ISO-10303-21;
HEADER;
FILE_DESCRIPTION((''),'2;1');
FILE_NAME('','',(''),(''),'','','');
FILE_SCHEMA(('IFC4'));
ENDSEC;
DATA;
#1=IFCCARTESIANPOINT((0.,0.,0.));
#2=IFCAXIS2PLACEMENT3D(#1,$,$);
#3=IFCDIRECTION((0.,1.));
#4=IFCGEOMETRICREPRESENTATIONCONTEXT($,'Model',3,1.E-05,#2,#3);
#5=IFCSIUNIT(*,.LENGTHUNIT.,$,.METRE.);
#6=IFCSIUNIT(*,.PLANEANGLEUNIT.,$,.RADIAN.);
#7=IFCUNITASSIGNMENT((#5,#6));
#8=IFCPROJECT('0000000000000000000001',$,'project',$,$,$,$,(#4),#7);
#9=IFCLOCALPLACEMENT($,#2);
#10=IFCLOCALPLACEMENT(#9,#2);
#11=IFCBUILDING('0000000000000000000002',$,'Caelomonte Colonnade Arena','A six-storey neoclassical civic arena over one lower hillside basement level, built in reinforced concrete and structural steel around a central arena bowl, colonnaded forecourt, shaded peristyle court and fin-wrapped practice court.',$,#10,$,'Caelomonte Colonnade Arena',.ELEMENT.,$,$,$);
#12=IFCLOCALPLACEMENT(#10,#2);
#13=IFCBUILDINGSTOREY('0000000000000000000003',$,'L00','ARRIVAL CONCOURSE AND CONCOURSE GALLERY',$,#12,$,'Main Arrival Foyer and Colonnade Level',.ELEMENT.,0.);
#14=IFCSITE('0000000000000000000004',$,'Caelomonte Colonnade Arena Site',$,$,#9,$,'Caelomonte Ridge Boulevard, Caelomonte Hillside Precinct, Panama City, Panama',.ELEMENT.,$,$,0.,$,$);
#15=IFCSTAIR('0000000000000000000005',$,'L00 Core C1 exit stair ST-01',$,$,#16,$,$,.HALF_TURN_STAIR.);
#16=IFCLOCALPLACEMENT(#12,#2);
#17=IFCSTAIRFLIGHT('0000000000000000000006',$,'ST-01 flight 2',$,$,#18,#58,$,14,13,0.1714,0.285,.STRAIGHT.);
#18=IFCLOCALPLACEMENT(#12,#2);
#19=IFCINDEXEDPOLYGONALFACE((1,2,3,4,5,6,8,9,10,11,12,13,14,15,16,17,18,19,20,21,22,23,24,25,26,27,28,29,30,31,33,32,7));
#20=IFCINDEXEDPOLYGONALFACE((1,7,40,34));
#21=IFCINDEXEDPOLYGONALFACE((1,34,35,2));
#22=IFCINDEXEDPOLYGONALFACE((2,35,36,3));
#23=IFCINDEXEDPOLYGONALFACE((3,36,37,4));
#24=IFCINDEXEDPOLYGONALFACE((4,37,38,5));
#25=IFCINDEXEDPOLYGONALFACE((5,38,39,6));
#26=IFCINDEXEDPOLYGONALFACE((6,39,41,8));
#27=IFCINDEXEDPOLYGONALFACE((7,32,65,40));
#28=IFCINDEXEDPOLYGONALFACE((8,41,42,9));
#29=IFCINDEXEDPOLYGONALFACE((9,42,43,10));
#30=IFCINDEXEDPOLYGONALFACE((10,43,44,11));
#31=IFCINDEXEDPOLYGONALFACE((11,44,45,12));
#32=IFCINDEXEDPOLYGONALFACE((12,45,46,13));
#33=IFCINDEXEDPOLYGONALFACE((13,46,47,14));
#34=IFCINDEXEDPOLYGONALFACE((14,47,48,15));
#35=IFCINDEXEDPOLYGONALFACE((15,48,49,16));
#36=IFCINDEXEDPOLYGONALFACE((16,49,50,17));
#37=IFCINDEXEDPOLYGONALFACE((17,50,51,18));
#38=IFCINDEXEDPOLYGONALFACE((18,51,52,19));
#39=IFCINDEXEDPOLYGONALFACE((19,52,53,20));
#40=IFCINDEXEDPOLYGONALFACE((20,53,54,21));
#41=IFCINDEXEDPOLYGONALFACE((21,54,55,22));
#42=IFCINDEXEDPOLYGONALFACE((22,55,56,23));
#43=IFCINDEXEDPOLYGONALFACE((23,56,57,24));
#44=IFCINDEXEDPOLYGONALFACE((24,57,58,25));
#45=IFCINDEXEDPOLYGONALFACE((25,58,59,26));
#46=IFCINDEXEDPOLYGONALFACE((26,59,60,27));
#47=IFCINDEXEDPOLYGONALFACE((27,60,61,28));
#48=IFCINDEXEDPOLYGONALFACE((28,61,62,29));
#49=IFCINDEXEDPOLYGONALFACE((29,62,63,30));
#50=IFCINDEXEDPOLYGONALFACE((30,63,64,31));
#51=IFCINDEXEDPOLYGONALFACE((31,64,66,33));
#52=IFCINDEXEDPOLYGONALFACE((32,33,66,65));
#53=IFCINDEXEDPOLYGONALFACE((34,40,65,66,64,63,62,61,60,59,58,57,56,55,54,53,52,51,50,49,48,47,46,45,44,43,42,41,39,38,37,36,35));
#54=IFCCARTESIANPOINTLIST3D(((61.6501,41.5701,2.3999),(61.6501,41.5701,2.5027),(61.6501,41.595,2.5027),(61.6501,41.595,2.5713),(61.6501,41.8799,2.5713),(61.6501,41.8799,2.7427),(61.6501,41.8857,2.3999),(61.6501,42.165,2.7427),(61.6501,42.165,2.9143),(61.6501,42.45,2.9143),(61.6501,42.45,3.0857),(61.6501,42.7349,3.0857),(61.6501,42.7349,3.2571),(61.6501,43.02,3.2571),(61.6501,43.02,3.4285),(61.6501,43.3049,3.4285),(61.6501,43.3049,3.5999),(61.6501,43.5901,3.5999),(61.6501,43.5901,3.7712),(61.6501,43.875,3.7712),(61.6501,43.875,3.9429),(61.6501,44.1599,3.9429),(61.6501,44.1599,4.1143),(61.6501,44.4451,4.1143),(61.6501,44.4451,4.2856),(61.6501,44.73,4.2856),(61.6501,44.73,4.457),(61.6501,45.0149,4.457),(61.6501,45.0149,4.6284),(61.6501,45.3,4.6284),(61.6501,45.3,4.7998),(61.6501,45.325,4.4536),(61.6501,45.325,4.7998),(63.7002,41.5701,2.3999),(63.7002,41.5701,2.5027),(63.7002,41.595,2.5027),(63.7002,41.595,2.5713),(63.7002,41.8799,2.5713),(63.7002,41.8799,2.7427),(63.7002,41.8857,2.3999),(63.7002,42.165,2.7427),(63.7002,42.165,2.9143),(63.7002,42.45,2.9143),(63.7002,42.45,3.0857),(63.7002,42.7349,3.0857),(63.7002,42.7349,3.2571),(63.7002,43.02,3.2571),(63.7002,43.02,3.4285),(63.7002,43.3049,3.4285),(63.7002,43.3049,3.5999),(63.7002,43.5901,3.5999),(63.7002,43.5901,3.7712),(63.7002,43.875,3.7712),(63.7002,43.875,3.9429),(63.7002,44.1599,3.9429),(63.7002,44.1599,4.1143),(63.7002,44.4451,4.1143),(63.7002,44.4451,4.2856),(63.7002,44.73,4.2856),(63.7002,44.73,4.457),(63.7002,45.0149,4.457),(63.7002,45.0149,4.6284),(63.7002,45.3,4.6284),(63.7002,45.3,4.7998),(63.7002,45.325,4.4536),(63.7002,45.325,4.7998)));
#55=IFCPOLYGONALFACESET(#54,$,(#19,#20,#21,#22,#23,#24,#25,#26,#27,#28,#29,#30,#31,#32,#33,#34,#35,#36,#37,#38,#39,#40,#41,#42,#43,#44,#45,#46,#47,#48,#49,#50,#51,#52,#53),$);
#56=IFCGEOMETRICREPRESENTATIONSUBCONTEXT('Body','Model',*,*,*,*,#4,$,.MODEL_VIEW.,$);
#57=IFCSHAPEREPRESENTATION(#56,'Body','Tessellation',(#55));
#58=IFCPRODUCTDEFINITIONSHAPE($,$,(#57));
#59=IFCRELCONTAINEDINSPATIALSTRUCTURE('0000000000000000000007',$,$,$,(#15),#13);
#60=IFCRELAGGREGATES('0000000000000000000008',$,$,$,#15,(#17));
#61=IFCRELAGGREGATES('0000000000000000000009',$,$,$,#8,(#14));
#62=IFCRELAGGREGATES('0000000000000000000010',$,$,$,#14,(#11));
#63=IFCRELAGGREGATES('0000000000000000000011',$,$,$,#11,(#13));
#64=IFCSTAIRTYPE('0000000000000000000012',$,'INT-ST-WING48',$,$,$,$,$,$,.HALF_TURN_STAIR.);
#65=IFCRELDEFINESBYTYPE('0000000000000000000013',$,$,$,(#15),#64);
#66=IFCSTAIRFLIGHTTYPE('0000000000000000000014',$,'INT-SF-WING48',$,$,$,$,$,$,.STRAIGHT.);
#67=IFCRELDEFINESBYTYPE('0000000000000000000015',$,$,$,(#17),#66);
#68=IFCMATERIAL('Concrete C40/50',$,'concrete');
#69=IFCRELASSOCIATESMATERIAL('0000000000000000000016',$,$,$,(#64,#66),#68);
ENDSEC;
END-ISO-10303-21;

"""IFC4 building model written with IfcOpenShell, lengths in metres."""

from ifc_helpers import new_model, si_unit, direction, frame, origin, place, context, subcontext, project, spatial, polyline, outline, extrude, material, type_object, element, aggregate, save


model = new_model("IFC4")

# Units and contexts
model_context = context("Model", 3, precision=1e-05, world=origin(), true_north=direction((0.0, 1.0)))
body_context = subcontext(model_context, "Body", "Model", "MODEL_VIEW")
ifc_project = project(units=[si_unit("LENGTHUNIT", "METRE"), si_unit("PLANEANGLEUNIT", "RADIAN")], contexts=[model_context])

# Site, building, storey
site_placement = place(None, origin())
site = spatial("IfcSite", under=ifc_project, at=site_placement, Name="Caelomonte Colonnade Arena Site", LongName="Caelomonte Ridge Boulevard, Caelomonte Hillside Precinct, Panama City, Panama", CompositionType="ELEMENT", RefElevation=0.0)
building_placement = place(site_placement, origin())
building = spatial("IfcBuilding", under=site, at=building_placement, Name="Caelomonte Colonnade Arena", Description="A six-storey neoclassical civic arena over one lower hillside basement level, built in reinforced concrete and structural steel around a central arena bowl, colonnaded forecourt, shaded peristyle court and fin-wrapped practice court.", LongName="Caelomonte Colonnade Arena", CompositionType="ELEMENT")
storey_placement = place(building_placement, origin())
storey = spatial("IfcBuildingStorey", under=building, at=storey_placement, Name="L00", Description="ARRIVAL CONCOURSE AND CONCOURSE GALLERY", LongName="Main Arrival Foyer and Colonnade Level", CompositionType="ELEMENT", Elevation=0.0)

# Shared definitions
ifc_material_1 = material(Name="Concrete C40/50", Category="concrete")

# Stair, stair flight
stair_type = type_object("IfcStairType", Name="INT-ST-WING48", PredefinedType="HALF_TURN_STAIR", material=ifc_material_1)
stair_placement = place(storey_placement, origin())
stair = element("IfcStair", 1, at=stair_placement, inside=storey, type_object=stair_type, Name="L00 Core C1 exit stair ST-01", PredefinedType="HALF_TURN_STAIR")
stair_flight_type = type_object("IfcStairFlightType", Name="INT-SF-WING48", PredefinedType="STRAIGHT", material=ifc_material_1)
stair_flight_1_placement = place(storey_placement, frame((62.675, 41.595, 2.3999), z_axis=(0.0, 0.0, 1.0), x_axis=(0.0, 1.0, 0.0)))
stair_flight_1 = element("IfcStairFlight", 2, at=stair_flight_1_placement, type_object=stair_flight_type, Name="ST-01 flight 2", NumberOfRisers=14, NumberOfTreads=13, PredefinedType="STRAIGHT", RiserHeight=0.1714, TreadLength=0.285, context=body_context, shape_type="SweptSolid", body=[
    extrude(outline(polyline([(-0.0249, 0.0), (-0.0249, 0.1028), (0.0, 0.1028), (0.0, 0.1714), (0.2849, 0.1714), (0.2849, 0.3428), (0.5701, 0.3428), (0.5701, 0.5144), (0.855, 0.5144), (0.855, 0.6858), (1.1399, 0.6858), (1.1399, 0.8572), (1.425, 0.8572), (1.425, 1.0286), (1.71, 1.0286), (1.71, 1.2), (1.9951, 1.2), (1.9951, 1.3713), (2.28, 1.3713), (2.28, 1.543), (2.5649, 1.543), (2.5649, 1.7144), (2.8501, 1.7144), (2.8501, 1.8857), (3.135, 1.8857), (3.135, 2.0571), (3.4199, 2.0571), (3.4199, 2.2285), (3.7051, 2.2285), (3.7051, 2.3999), (3.73, 2.3999), (3.73, 2.0537), (0.2908, 0.0), (-0.0249, 0.0)])), frame((0.0, 1.0249, 0.0), z_axis=(0.0, -1.0, 0.0), x_axis=(1.0, 0.0, 0.0)), (0.0, 0.0, 1.0), 2.05),
])
aggregate(stair, [stair_flight_1])

save(model, "model.ifc")
